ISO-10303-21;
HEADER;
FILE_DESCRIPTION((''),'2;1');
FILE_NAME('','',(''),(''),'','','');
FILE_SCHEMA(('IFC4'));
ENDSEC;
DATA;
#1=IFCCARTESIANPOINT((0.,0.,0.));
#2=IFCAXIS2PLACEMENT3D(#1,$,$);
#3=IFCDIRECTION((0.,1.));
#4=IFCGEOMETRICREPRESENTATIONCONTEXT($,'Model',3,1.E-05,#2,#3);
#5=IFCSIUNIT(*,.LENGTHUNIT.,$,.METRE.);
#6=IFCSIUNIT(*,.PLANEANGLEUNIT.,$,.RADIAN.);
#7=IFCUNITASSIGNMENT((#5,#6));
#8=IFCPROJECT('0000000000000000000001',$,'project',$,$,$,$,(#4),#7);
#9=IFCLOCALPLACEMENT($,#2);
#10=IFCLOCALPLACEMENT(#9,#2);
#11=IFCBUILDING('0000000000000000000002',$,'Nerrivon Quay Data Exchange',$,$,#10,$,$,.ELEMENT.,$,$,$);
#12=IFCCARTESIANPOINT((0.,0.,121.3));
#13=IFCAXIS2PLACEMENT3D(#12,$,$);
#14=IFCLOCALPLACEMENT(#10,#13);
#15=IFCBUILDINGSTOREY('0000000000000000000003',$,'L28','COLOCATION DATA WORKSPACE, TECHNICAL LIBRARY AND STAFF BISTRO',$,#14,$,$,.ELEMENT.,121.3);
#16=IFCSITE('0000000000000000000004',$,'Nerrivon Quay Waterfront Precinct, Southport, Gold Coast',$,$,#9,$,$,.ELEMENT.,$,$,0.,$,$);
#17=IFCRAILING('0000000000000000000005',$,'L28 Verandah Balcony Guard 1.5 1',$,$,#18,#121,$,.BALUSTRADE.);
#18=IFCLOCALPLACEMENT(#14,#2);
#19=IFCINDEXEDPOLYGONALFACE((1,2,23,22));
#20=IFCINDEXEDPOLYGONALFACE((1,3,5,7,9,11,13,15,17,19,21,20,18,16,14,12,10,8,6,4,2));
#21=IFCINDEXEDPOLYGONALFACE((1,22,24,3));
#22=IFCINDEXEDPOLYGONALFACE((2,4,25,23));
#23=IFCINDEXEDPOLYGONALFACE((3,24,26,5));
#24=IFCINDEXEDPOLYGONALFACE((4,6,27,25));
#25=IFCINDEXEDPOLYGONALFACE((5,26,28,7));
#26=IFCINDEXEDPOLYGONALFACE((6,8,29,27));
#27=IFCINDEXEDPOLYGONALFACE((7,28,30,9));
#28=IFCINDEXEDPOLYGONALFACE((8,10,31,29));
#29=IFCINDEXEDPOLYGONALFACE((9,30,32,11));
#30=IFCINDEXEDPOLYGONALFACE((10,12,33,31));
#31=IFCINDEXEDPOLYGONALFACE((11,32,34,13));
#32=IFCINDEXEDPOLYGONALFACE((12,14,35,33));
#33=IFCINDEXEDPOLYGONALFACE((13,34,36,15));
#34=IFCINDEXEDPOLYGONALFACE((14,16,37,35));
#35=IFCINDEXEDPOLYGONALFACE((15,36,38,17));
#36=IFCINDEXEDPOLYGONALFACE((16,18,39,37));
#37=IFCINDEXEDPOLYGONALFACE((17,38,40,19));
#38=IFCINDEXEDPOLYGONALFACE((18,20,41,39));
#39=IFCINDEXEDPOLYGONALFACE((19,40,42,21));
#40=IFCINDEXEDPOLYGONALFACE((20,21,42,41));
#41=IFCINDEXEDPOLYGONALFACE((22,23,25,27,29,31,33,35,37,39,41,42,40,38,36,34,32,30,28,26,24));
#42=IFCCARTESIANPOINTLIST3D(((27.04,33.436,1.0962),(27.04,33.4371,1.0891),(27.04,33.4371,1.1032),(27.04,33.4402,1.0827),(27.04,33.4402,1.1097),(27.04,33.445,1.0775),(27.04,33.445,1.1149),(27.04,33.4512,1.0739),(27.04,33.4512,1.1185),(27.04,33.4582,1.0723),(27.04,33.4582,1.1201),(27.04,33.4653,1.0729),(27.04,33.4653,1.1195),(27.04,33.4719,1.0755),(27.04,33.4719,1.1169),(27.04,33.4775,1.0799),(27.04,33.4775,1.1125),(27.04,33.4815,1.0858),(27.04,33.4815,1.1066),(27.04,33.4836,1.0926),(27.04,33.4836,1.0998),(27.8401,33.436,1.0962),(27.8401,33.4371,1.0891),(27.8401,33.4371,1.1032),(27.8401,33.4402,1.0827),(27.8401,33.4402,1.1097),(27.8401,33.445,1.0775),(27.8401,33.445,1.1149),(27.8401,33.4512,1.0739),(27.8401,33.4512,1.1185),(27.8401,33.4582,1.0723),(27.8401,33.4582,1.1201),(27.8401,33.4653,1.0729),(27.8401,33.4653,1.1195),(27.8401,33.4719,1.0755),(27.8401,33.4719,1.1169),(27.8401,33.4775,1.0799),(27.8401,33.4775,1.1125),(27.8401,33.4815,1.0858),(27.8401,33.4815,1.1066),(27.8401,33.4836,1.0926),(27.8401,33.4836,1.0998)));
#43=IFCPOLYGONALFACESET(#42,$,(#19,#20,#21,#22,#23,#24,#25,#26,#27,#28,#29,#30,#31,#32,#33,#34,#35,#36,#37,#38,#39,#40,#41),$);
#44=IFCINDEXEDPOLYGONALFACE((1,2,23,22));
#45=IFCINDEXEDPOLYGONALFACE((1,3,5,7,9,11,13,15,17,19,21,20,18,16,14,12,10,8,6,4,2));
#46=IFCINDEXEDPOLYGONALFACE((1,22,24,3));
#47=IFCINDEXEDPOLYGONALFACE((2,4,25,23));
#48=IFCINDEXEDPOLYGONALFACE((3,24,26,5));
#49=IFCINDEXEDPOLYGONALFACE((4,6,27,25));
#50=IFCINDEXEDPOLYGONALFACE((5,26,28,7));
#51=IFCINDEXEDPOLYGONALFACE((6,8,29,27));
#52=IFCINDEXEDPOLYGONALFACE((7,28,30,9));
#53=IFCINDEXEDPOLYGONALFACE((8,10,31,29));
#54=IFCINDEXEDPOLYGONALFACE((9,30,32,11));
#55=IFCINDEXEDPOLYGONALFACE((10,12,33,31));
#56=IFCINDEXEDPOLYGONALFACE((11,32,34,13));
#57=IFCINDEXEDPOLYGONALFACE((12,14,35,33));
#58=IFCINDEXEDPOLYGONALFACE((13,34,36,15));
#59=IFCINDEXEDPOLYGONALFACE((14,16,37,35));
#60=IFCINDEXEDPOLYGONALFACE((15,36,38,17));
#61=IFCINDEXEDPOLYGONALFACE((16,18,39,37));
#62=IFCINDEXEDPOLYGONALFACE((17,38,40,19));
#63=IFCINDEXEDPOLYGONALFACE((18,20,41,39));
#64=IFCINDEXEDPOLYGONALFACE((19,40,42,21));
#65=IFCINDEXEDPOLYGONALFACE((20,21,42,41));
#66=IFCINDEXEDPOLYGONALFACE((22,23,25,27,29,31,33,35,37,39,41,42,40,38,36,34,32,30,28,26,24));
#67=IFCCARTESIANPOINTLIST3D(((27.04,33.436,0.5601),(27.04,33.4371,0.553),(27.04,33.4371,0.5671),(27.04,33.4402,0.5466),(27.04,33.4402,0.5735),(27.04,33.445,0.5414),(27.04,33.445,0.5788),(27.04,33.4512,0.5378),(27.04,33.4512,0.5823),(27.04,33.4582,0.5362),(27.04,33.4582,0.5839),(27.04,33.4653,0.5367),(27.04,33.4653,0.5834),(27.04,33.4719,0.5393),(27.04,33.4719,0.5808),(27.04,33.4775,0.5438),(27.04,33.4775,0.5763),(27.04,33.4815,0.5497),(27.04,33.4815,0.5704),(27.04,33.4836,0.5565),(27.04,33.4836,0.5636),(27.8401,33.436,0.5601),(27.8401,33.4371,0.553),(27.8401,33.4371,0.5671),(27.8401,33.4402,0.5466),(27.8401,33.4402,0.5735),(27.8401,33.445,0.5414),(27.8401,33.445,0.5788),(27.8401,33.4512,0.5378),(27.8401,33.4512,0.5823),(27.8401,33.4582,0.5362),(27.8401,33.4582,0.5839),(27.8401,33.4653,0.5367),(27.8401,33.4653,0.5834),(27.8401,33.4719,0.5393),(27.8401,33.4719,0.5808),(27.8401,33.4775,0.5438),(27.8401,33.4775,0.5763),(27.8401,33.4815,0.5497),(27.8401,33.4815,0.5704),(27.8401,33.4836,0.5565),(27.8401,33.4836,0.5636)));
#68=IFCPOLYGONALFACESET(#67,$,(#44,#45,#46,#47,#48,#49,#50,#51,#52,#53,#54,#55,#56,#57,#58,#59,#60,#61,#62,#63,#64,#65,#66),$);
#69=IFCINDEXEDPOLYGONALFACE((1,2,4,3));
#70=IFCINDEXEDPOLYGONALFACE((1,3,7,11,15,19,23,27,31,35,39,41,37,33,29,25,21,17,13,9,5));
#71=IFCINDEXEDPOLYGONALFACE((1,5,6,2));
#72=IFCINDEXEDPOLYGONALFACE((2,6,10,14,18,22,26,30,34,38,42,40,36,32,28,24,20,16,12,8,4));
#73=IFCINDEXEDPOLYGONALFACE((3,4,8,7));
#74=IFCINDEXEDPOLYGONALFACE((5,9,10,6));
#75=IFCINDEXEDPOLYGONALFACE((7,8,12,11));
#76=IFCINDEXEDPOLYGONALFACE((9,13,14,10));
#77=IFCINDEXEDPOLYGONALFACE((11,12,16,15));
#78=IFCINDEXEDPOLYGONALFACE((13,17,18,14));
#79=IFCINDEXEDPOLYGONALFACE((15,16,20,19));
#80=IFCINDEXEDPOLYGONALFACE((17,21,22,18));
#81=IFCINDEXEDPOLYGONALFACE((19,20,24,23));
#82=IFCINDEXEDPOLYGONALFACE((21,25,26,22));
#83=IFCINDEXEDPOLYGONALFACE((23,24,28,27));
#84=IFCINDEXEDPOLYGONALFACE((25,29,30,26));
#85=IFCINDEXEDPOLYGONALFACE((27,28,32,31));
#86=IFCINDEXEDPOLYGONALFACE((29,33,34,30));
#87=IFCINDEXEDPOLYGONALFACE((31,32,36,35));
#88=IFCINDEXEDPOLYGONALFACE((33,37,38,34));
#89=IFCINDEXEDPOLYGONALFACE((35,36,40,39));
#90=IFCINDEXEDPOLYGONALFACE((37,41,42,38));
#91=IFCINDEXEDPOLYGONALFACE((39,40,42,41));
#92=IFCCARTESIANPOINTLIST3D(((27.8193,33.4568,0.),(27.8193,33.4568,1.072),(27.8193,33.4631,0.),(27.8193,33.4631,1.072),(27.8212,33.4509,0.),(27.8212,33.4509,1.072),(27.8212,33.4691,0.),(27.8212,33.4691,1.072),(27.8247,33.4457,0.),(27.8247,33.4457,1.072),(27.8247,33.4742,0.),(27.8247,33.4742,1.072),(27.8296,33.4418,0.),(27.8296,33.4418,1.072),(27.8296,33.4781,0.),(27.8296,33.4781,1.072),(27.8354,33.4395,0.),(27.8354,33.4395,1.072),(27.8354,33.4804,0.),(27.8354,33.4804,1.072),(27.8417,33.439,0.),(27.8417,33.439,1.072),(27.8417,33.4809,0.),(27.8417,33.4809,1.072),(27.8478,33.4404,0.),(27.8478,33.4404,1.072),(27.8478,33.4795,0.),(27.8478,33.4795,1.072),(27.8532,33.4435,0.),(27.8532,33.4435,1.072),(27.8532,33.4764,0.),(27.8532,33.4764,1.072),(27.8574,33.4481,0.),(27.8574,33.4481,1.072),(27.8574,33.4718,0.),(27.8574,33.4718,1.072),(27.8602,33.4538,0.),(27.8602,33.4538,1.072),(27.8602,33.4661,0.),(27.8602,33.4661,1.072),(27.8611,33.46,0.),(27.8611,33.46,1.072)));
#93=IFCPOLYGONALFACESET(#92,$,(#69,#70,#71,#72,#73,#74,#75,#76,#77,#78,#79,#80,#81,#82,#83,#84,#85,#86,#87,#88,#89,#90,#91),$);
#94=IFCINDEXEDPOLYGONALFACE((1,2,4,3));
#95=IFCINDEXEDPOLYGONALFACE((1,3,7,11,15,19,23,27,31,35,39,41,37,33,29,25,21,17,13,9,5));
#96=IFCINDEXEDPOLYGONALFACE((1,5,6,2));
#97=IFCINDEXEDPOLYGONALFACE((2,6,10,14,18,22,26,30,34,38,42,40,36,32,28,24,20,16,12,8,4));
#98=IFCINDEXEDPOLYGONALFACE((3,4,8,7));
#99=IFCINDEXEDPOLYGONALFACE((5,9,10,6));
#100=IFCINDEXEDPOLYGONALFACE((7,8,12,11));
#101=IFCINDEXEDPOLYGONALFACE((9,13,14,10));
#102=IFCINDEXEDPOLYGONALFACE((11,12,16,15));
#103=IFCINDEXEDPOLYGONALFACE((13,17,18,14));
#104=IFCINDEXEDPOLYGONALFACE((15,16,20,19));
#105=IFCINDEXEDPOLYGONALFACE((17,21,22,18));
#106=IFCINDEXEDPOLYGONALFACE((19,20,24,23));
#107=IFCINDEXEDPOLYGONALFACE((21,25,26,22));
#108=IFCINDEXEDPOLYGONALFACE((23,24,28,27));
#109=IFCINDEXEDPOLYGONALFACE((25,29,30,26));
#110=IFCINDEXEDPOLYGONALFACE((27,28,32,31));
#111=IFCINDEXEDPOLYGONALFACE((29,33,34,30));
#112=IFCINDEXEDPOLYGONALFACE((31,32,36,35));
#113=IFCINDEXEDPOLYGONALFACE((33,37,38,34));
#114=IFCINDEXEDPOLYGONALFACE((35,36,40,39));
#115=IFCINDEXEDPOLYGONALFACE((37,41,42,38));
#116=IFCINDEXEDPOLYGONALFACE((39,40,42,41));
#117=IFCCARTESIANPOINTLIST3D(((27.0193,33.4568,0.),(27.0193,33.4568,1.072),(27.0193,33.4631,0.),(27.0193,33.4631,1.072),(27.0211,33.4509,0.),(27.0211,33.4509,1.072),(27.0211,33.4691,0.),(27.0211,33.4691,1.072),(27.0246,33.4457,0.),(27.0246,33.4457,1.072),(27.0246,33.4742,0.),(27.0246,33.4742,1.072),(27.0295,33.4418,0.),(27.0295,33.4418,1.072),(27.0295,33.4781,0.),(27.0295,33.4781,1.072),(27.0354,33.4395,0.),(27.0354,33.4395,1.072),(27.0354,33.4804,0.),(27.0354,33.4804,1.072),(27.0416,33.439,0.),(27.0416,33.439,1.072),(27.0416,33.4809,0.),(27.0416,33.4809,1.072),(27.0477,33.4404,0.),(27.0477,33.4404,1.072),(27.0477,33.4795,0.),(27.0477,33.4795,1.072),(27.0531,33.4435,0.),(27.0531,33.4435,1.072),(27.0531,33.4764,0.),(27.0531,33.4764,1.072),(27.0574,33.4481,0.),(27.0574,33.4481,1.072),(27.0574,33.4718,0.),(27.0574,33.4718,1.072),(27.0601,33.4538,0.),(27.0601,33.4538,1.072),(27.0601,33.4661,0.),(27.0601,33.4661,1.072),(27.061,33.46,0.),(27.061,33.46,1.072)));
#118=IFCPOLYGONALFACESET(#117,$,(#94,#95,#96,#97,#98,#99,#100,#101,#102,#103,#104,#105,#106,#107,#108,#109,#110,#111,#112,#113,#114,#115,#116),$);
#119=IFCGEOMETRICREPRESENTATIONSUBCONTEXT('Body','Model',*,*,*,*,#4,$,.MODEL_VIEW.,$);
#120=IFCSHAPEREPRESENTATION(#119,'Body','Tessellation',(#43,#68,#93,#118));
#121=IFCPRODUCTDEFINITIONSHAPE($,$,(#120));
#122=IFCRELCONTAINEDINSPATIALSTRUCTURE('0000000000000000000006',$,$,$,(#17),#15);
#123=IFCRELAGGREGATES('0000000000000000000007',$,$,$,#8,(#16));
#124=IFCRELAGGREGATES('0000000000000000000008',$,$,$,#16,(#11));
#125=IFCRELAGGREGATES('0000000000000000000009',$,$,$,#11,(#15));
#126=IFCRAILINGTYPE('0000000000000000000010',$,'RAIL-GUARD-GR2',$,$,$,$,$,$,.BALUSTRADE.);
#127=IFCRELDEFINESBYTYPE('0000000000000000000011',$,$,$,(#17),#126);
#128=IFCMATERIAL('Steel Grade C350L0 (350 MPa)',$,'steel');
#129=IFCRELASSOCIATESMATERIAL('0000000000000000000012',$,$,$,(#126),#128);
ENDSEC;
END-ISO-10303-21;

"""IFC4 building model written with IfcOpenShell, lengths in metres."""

from ifc_helpers import new_model, si_unit, direction, frame, origin, origin_2d, place, context, subcontext, project, spatial, circle, extrude, material, type_object, element, save


model = new_model("IFC4")

# Units and contexts
model_context = context("Model", 3, precision=1e-05, world=origin(), true_north=direction((0.0, 1.0)))
body_context = subcontext(model_context, "Body", "Model", "MODEL_VIEW")
ifc_project = project(units=[si_unit("LENGTHUNIT", "METRE"), si_unit("PLANEANGLEUNIT", "RADIAN")], contexts=[model_context])

# Site, building, storey
site_placement = place(None, origin())
site = spatial("IfcSite", under=ifc_project, at=site_placement, Name="Nerrivon Quay Waterfront Precinct, Southport, Gold Coast", CompositionType="ELEMENT", RefElevation=0.0)
building_placement = place(site_placement, origin())
building = spatial("IfcBuilding", under=site, at=building_placement, Name="Nerrivon Quay Data Exchange", CompositionType="ELEMENT")
storey_placement = place(building_placement, frame((0.0, 0.0, 121.3)))
storey = spatial("IfcBuildingStorey", under=building, at=storey_placement, Name="L28", Description="COLOCATION DATA WORKSPACE, TECHNICAL LIBRARY AND STAFF BISTRO", CompositionType="ELEMENT", Elevation=121.3)

# Railing
ifc_material_1 = material(Name="Steel Grade C350L0 (350 MPa)", Category="steel")
railing_type = type_object("IfcRailingType", Name="RAIL-GUARD-GR2", PredefinedType="BALUSTRADE", material=ifc_material_1)
railing_1_placement = place(storey_placement, frame((27.8401, 33.46, 0.0)))
element("IfcRailing", 1, at=railing_1_placement, inside=storey, type_object=railing_type, Name="L28 Verandah Balcony Guard 1.5 1", PredefinedType="BALUSTRADE", context=body_context, shape_type="SweptSolid", body=[
    extrude(circle(Radius=0.0239, at=origin_2d()), frame((0.0, 0.0, 1.0962), z_axis=(-1.0, 0.0, 0.0), x_axis=(0.0, -1.0, 0.0)), (0.0, 0.0, 1.0), 0.8),
    extrude(circle(Radius=0.0239, at=origin_2d()), frame((0.0, 0.0, 0.5601), z_axis=(-1.0, 0.0, 0.0), x_axis=(0.0, -1.0, 0.0)), (0.0, 0.0, 1.0), 0.8),
    extrude(circle(Radius=0.021, at=origin_2d()), origin(), (0.0, 0.0, 1.0), 1.072),
    extrude(circle(Radius=0.021, at=origin_2d()), frame((-0.8, 0.0, 0.0)), (0.0, 0.0, 1.0), 1.072),
])

save(model, "model.ifc")
